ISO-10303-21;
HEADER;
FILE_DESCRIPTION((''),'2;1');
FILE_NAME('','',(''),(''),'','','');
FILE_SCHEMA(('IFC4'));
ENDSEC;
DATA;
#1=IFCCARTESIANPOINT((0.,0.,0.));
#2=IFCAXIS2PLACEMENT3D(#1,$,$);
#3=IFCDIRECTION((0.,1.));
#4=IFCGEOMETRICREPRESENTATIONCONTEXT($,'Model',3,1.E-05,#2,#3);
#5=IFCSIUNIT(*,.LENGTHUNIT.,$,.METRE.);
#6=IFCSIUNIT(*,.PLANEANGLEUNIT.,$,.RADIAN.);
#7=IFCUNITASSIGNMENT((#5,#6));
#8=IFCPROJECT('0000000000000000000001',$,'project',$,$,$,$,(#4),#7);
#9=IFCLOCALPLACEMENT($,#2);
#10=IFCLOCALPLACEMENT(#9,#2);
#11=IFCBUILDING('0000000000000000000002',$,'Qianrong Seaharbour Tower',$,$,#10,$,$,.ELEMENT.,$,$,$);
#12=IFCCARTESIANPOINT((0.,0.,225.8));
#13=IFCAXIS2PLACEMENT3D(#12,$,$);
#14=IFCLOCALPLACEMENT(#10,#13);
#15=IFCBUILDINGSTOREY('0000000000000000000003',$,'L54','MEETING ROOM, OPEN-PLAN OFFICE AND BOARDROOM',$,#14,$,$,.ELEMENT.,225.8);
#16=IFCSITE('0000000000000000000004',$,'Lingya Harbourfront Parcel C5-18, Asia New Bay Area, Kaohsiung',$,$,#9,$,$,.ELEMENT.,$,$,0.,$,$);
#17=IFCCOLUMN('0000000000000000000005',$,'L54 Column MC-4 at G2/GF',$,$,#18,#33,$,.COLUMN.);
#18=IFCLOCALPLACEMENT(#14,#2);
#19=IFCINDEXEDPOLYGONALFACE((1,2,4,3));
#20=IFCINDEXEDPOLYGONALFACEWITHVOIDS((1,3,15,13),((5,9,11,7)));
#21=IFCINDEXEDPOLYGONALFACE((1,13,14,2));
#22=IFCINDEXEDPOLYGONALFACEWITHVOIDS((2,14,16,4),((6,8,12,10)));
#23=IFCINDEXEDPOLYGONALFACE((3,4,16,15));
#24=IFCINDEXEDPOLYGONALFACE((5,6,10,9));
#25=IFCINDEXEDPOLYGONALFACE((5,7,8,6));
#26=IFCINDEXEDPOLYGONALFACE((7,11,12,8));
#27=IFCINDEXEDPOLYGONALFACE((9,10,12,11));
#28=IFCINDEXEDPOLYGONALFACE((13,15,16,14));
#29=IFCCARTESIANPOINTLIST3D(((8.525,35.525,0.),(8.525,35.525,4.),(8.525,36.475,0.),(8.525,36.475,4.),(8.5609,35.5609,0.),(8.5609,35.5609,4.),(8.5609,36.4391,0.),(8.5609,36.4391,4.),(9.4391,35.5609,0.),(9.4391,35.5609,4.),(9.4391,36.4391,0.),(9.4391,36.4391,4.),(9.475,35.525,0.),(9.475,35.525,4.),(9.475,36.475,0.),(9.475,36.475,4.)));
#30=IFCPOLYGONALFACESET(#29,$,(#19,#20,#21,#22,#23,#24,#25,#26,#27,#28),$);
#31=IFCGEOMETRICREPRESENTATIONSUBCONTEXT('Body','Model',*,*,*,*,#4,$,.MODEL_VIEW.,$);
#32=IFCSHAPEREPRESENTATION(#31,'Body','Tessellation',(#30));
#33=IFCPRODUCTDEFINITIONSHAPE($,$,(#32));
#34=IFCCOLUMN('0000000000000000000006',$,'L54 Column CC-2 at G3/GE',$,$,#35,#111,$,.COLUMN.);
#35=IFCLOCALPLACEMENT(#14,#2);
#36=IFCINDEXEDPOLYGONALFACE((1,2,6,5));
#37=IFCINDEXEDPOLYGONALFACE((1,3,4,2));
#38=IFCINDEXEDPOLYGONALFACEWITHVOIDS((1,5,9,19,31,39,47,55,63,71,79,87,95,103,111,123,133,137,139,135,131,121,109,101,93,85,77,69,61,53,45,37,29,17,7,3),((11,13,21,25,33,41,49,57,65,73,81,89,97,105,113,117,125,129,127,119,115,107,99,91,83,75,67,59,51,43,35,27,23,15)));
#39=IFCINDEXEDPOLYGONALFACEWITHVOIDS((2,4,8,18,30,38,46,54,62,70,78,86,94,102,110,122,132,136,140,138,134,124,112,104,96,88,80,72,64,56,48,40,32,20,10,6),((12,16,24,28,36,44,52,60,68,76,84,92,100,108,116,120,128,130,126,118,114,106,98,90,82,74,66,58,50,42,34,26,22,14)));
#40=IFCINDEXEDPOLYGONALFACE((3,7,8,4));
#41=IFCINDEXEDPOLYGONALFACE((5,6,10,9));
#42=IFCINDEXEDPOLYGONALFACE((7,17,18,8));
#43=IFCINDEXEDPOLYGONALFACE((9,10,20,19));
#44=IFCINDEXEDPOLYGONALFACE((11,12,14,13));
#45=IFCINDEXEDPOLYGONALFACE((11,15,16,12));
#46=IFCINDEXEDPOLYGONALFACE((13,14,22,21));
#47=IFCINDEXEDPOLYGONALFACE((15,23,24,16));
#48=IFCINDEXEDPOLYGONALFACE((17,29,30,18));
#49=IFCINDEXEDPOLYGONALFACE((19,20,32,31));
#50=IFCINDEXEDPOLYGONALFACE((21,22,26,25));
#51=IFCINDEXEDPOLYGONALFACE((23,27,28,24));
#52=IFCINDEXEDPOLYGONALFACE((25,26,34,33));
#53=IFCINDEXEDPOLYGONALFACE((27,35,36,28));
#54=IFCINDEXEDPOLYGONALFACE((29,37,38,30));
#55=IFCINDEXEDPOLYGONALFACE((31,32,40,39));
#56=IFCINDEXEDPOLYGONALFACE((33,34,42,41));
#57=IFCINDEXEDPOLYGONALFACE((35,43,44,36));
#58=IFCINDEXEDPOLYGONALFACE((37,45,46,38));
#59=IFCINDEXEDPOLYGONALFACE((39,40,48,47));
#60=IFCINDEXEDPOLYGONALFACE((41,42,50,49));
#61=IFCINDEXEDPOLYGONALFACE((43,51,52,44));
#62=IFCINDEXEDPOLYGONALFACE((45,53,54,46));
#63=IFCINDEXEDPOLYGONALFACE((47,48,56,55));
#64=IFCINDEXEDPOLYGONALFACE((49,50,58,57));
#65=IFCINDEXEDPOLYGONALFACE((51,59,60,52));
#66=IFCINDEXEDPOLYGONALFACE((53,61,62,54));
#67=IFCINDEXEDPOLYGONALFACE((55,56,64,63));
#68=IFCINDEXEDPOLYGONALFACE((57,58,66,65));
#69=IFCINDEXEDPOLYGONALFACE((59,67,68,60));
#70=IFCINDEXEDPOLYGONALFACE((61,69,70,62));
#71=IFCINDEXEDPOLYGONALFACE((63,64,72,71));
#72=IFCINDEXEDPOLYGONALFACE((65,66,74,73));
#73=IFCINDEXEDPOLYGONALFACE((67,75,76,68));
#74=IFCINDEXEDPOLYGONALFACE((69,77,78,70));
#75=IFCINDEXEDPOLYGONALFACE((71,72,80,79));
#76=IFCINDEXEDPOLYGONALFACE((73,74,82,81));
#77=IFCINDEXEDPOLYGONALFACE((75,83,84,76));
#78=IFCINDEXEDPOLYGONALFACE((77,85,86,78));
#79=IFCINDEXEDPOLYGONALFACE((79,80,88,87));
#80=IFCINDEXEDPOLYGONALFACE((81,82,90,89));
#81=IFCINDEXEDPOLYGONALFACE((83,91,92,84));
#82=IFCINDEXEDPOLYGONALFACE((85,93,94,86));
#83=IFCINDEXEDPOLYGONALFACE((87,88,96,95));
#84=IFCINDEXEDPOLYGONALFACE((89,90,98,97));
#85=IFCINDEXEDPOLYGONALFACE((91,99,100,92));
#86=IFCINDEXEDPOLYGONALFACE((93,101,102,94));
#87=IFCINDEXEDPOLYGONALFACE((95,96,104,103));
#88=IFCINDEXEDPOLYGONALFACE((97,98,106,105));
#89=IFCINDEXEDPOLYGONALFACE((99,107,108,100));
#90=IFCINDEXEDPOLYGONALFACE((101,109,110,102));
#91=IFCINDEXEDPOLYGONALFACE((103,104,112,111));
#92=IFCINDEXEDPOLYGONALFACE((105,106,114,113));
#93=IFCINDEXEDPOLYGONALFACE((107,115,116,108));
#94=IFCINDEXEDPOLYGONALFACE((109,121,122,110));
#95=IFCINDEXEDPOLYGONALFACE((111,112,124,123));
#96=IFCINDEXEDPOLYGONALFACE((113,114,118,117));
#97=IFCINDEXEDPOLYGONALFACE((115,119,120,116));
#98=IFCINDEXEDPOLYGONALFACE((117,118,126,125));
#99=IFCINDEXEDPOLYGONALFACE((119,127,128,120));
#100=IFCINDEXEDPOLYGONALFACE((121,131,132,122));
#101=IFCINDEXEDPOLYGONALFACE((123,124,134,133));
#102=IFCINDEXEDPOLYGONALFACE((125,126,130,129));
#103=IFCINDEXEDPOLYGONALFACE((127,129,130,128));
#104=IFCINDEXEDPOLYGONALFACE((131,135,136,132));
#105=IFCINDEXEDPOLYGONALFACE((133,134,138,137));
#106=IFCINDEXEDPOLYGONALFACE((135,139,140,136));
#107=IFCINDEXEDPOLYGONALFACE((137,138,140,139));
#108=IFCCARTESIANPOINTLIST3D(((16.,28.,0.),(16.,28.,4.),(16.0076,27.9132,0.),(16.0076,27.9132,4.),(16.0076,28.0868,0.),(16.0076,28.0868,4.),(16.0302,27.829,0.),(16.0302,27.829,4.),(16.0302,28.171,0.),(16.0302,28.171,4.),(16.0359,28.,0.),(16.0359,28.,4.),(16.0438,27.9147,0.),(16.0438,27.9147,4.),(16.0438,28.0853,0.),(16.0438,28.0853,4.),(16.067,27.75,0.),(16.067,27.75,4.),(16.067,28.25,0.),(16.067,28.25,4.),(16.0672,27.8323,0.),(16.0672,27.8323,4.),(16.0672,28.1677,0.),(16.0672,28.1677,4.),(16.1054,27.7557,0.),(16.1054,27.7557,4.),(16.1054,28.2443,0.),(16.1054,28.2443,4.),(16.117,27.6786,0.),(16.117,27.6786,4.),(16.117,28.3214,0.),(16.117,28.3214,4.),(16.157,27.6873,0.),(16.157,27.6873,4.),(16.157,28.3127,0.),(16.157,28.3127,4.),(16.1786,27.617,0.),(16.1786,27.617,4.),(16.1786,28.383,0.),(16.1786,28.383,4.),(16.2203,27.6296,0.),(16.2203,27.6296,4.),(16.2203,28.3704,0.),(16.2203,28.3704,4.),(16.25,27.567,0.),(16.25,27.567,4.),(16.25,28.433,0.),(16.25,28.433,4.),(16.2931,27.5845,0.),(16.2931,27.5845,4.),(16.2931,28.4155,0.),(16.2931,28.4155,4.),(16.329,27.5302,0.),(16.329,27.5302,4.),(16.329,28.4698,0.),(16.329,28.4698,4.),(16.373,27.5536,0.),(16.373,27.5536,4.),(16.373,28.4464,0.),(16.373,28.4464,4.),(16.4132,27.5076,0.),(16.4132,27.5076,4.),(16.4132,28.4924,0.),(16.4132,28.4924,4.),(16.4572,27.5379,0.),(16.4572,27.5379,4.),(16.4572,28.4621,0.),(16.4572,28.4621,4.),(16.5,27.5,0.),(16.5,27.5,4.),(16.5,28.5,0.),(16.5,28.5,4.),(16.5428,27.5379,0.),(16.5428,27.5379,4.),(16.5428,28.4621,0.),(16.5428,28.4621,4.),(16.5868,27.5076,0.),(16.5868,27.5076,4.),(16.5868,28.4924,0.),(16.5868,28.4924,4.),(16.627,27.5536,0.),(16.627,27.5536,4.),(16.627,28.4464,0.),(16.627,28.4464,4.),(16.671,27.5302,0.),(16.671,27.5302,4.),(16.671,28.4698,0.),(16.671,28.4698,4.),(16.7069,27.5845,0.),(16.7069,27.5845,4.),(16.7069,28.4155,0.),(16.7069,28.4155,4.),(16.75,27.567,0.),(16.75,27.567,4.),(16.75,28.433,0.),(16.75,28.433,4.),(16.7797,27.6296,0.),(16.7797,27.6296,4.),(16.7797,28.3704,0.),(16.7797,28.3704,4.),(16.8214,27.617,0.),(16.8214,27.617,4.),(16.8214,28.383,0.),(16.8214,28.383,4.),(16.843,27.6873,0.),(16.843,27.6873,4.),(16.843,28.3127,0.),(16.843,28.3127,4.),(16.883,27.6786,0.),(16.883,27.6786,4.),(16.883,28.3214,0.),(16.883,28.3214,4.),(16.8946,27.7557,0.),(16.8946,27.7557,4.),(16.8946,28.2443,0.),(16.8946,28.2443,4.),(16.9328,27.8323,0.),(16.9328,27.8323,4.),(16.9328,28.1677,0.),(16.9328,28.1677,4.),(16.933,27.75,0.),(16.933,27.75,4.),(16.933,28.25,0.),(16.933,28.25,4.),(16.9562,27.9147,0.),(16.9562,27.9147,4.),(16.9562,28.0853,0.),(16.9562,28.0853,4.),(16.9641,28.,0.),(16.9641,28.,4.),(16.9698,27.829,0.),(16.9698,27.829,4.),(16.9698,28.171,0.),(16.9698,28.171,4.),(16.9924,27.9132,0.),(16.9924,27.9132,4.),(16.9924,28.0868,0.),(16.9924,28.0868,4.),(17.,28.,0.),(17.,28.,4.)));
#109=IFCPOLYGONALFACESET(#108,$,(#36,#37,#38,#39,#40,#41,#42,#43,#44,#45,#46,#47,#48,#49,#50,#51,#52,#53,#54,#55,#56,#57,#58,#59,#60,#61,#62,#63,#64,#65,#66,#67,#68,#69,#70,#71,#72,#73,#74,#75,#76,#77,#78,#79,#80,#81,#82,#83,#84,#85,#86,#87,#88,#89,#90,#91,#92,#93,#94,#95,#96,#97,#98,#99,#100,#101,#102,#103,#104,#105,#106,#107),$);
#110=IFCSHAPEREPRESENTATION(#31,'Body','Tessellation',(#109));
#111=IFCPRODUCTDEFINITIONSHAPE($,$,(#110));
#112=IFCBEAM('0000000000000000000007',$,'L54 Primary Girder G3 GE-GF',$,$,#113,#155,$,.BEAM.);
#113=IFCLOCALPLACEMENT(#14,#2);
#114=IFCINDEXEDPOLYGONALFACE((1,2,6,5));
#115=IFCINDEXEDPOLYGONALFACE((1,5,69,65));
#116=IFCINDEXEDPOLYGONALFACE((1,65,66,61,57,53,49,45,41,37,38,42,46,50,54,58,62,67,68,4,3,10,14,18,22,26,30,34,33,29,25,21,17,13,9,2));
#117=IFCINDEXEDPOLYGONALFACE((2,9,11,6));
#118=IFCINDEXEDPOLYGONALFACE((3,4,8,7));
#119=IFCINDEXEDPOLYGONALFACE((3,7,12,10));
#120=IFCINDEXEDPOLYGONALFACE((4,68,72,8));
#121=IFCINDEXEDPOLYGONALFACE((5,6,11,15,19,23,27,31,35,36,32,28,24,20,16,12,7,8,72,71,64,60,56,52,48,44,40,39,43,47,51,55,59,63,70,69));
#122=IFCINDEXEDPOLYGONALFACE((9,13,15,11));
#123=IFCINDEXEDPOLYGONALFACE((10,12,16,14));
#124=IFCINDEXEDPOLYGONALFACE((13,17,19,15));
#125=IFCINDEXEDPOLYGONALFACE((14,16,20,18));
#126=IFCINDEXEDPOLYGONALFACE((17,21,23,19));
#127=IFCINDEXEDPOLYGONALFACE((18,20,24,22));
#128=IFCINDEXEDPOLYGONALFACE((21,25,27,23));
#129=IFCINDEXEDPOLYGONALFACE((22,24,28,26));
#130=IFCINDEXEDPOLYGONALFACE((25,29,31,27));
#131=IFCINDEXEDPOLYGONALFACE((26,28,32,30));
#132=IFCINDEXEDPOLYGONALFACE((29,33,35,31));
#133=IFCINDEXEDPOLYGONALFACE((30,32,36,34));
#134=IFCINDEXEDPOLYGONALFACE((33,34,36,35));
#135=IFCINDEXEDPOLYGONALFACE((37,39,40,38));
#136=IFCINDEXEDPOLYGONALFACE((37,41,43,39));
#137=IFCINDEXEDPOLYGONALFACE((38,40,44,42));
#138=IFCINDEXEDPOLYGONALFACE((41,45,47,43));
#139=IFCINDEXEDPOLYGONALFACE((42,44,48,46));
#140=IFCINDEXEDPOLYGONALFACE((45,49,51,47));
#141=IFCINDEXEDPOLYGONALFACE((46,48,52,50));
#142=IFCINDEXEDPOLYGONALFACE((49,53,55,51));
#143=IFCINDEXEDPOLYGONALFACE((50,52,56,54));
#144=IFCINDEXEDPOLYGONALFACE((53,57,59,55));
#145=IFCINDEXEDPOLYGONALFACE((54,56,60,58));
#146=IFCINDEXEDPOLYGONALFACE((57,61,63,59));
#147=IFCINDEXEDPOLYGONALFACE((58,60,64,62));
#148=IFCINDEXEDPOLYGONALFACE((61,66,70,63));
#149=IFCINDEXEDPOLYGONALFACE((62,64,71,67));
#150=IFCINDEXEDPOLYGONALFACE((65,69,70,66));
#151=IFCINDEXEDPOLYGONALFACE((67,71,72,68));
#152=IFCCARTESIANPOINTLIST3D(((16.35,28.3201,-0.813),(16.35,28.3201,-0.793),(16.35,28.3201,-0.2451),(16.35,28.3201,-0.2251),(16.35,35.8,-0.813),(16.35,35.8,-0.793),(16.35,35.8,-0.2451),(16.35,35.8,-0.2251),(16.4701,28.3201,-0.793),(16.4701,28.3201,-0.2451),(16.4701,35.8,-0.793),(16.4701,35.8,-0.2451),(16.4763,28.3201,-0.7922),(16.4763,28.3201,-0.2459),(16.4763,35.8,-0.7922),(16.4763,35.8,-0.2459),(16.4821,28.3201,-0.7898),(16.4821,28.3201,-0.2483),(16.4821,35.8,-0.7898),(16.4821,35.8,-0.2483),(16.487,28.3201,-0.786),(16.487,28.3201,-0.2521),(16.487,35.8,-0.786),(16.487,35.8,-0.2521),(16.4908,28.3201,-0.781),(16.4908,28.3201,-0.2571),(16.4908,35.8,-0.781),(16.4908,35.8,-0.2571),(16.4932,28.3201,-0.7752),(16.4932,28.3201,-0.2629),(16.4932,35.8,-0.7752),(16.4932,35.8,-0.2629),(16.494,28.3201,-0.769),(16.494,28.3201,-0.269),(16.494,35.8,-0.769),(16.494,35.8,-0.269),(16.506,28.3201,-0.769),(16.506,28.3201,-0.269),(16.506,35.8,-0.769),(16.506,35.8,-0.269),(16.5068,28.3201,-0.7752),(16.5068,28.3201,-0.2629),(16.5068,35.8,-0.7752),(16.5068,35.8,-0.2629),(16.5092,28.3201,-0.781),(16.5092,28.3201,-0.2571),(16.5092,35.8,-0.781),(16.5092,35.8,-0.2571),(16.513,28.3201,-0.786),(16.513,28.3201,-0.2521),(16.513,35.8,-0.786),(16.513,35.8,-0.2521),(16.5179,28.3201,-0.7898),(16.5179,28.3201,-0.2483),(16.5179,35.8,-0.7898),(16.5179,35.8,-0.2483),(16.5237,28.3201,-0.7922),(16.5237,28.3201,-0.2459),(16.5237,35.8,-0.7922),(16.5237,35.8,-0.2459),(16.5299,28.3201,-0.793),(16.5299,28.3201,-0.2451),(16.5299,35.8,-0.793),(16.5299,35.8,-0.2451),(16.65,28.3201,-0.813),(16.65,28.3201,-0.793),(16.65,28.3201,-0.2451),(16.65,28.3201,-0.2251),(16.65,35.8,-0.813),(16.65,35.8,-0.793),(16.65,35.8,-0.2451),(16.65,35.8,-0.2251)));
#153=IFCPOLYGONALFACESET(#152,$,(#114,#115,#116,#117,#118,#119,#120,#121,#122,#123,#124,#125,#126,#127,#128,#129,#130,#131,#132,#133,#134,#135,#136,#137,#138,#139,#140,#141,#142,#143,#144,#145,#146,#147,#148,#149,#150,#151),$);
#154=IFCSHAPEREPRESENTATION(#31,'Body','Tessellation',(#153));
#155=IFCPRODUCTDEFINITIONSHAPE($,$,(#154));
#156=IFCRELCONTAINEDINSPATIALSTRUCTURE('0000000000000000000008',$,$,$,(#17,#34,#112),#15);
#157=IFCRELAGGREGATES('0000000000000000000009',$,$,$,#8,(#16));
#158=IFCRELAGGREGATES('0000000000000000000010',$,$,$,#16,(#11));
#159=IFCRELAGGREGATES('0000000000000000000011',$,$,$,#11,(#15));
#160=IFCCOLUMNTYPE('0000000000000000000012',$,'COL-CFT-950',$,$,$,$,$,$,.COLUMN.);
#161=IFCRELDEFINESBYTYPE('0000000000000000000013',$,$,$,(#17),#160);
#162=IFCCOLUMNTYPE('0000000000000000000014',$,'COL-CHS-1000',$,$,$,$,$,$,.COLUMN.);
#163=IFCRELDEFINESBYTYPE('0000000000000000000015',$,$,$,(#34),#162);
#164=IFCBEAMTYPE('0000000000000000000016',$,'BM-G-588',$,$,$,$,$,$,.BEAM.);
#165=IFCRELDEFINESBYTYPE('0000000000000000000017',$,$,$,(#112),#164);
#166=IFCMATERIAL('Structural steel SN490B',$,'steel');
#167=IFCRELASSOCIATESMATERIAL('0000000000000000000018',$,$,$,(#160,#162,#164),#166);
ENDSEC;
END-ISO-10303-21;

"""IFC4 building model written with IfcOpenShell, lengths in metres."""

from ifc_helpers import new_model, si_unit, direction, frame, origin, origin_2d, place, context, subcontext, project, spatial, hollow_rectangle, hollow_circle, i_section, extrude, material, material_profile, profile_set, type_object, element, save


model = new_model("IFC4")

# Units and contexts
model_context = context("Model", 3, precision=1e-05, world=origin(), true_north=direction((0.0, 1.0)))
body_context = subcontext(model_context, "Body", "Model", "MODEL_VIEW")
ifc_project = project(units=[si_unit("LENGTHUNIT", "METRE"), si_unit("PLANEANGLEUNIT", "RADIAN")], contexts=[model_context])

# Site, building, storey
site_placement = place(None, origin())
site = spatial("IfcSite", under=ifc_project, at=site_placement, Name="Lingya Harbourfront Parcel C5-18, Asia New Bay Area, Kaohsiung", CompositionType="ELEMENT", RefElevation=0.0)
building_placement = place(site_placement, origin())
building = spatial("IfcBuilding", under=site, at=building_placement, Name="Qianrong Seaharbour Tower", CompositionType="ELEMENT")
storey_placement = place(building_placement, frame((0.0, 0.0, 225.8)))
storey = spatial("IfcBuildingStorey", under=building, at=storey_placement, Name="L54", Description="MEETING ROOM, OPEN-PLAN OFFICE AND BOARDROOM", CompositionType="ELEMENT", Elevation=225.8)

# Columns
ifc_material_1 = material(Name="Structural steel SN490B", Category="steel")
ifc_material_profile_1 = material_profile(ifc_material_1, hollow_rectangle(XDim=0.95, YDim=0.95, WallThickness=0.0359, at=origin_2d()), Name="BOX950x950x36")
ifc_profile_set_1 = profile_set([ifc_material_profile_1], Name="Structural steel SN490B")
column_type_1 = type_object("IfcColumnType", Name="COL-CFT-950", PredefinedType="COLUMN", material=ifc_profile_set_1)
column_1_placement = place(storey_placement, frame((9.0, 36.0, 0.0), z_axis=(0.0, 0.0, 1.0), x_axis=(1.0, 0.0, 0.0)))
element("IfcColumn", 1, at=column_1_placement, inside=storey, type_object=column_type_1, Name="L54 Column MC-4 at G2/GF", PredefinedType="COLUMN", context=body_context, shape_type="SweptSolid", body=[
    extrude(hollow_rectangle(XDim=0.95, YDim=0.95, WallThickness=0.0359, at=origin_2d()), origin(), (0.0, 0.0, 1.0), 4.0),
])
ifc_material_profile_2 = material_profile(ifc_material_1, hollow_circle(Radius=0.5, WallThickness=0.0359, at=origin_2d()), Name="CHS1000x36")
ifc_profile_set_2 = profile_set([ifc_material_profile_2], Name="Structural steel SN490B")
column_type_2 = type_object("IfcColumnType", Name="COL-CHS-1000", PredefinedType="COLUMN", material=ifc_profile_set_2)
column_2_placement = place(storey_placement, frame((16.5, 28.0, 0.0), z_axis=(0.0, 0.0, 1.0), x_axis=(1.0, 0.0, 0.0)))
element("IfcColumn", 2, at=column_2_placement, inside=storey, type_object=column_type_2, Name="L54 Column CC-2 at G3/GE", PredefinedType="COLUMN", context=body_context, shape_type="SweptSolid", body=[
    extrude(hollow_circle(Radius=0.5, WallThickness=0.0359, at=origin_2d()), origin(), (0.0, 0.0, 1.0), 4.0),
])

# Beam
ifc_material_profile_3 = material_profile(ifc_material_1, i_section(OverallWidth=0.3, OverallDepth=0.5879, WebThickness=0.012, FlangeThickness=0.02, FilletRadius=0.0239, at=origin_2d()), Name="H588x300x12x20")
ifc_profile_set_3 = profile_set([ifc_material_profile_3], Name="Structural steel SN490B")
beam_type_1 = type_object("IfcBeamType", Name="BM-G-588", PredefinedType="BEAM", material=ifc_profile_set_3)
beam_1_placement = place(storey_placement, frame((16.5, 28.3201, -0.519), z_axis=(0.0, 1.0, 0.0), x_axis=(-1.0, 0.0, 0.0)))
element("IfcBeam", 3, at=beam_1_placement, inside=storey, type_object=beam_type_1, Name="L54 Primary Girder G3 GE-GF", PredefinedType="BEAM", context=body_context, shape_type="SweptSolid", body=[
    extrude(i_section(OverallWidth=0.3, OverallDepth=0.5879, WebThickness=0.012, FlangeThickness=0.02, FilletRadius=0.0239, at=origin_2d()), origin(), (0.0, 0.0, 1.0), 7.48),
])

save(model, "model.ifc")
